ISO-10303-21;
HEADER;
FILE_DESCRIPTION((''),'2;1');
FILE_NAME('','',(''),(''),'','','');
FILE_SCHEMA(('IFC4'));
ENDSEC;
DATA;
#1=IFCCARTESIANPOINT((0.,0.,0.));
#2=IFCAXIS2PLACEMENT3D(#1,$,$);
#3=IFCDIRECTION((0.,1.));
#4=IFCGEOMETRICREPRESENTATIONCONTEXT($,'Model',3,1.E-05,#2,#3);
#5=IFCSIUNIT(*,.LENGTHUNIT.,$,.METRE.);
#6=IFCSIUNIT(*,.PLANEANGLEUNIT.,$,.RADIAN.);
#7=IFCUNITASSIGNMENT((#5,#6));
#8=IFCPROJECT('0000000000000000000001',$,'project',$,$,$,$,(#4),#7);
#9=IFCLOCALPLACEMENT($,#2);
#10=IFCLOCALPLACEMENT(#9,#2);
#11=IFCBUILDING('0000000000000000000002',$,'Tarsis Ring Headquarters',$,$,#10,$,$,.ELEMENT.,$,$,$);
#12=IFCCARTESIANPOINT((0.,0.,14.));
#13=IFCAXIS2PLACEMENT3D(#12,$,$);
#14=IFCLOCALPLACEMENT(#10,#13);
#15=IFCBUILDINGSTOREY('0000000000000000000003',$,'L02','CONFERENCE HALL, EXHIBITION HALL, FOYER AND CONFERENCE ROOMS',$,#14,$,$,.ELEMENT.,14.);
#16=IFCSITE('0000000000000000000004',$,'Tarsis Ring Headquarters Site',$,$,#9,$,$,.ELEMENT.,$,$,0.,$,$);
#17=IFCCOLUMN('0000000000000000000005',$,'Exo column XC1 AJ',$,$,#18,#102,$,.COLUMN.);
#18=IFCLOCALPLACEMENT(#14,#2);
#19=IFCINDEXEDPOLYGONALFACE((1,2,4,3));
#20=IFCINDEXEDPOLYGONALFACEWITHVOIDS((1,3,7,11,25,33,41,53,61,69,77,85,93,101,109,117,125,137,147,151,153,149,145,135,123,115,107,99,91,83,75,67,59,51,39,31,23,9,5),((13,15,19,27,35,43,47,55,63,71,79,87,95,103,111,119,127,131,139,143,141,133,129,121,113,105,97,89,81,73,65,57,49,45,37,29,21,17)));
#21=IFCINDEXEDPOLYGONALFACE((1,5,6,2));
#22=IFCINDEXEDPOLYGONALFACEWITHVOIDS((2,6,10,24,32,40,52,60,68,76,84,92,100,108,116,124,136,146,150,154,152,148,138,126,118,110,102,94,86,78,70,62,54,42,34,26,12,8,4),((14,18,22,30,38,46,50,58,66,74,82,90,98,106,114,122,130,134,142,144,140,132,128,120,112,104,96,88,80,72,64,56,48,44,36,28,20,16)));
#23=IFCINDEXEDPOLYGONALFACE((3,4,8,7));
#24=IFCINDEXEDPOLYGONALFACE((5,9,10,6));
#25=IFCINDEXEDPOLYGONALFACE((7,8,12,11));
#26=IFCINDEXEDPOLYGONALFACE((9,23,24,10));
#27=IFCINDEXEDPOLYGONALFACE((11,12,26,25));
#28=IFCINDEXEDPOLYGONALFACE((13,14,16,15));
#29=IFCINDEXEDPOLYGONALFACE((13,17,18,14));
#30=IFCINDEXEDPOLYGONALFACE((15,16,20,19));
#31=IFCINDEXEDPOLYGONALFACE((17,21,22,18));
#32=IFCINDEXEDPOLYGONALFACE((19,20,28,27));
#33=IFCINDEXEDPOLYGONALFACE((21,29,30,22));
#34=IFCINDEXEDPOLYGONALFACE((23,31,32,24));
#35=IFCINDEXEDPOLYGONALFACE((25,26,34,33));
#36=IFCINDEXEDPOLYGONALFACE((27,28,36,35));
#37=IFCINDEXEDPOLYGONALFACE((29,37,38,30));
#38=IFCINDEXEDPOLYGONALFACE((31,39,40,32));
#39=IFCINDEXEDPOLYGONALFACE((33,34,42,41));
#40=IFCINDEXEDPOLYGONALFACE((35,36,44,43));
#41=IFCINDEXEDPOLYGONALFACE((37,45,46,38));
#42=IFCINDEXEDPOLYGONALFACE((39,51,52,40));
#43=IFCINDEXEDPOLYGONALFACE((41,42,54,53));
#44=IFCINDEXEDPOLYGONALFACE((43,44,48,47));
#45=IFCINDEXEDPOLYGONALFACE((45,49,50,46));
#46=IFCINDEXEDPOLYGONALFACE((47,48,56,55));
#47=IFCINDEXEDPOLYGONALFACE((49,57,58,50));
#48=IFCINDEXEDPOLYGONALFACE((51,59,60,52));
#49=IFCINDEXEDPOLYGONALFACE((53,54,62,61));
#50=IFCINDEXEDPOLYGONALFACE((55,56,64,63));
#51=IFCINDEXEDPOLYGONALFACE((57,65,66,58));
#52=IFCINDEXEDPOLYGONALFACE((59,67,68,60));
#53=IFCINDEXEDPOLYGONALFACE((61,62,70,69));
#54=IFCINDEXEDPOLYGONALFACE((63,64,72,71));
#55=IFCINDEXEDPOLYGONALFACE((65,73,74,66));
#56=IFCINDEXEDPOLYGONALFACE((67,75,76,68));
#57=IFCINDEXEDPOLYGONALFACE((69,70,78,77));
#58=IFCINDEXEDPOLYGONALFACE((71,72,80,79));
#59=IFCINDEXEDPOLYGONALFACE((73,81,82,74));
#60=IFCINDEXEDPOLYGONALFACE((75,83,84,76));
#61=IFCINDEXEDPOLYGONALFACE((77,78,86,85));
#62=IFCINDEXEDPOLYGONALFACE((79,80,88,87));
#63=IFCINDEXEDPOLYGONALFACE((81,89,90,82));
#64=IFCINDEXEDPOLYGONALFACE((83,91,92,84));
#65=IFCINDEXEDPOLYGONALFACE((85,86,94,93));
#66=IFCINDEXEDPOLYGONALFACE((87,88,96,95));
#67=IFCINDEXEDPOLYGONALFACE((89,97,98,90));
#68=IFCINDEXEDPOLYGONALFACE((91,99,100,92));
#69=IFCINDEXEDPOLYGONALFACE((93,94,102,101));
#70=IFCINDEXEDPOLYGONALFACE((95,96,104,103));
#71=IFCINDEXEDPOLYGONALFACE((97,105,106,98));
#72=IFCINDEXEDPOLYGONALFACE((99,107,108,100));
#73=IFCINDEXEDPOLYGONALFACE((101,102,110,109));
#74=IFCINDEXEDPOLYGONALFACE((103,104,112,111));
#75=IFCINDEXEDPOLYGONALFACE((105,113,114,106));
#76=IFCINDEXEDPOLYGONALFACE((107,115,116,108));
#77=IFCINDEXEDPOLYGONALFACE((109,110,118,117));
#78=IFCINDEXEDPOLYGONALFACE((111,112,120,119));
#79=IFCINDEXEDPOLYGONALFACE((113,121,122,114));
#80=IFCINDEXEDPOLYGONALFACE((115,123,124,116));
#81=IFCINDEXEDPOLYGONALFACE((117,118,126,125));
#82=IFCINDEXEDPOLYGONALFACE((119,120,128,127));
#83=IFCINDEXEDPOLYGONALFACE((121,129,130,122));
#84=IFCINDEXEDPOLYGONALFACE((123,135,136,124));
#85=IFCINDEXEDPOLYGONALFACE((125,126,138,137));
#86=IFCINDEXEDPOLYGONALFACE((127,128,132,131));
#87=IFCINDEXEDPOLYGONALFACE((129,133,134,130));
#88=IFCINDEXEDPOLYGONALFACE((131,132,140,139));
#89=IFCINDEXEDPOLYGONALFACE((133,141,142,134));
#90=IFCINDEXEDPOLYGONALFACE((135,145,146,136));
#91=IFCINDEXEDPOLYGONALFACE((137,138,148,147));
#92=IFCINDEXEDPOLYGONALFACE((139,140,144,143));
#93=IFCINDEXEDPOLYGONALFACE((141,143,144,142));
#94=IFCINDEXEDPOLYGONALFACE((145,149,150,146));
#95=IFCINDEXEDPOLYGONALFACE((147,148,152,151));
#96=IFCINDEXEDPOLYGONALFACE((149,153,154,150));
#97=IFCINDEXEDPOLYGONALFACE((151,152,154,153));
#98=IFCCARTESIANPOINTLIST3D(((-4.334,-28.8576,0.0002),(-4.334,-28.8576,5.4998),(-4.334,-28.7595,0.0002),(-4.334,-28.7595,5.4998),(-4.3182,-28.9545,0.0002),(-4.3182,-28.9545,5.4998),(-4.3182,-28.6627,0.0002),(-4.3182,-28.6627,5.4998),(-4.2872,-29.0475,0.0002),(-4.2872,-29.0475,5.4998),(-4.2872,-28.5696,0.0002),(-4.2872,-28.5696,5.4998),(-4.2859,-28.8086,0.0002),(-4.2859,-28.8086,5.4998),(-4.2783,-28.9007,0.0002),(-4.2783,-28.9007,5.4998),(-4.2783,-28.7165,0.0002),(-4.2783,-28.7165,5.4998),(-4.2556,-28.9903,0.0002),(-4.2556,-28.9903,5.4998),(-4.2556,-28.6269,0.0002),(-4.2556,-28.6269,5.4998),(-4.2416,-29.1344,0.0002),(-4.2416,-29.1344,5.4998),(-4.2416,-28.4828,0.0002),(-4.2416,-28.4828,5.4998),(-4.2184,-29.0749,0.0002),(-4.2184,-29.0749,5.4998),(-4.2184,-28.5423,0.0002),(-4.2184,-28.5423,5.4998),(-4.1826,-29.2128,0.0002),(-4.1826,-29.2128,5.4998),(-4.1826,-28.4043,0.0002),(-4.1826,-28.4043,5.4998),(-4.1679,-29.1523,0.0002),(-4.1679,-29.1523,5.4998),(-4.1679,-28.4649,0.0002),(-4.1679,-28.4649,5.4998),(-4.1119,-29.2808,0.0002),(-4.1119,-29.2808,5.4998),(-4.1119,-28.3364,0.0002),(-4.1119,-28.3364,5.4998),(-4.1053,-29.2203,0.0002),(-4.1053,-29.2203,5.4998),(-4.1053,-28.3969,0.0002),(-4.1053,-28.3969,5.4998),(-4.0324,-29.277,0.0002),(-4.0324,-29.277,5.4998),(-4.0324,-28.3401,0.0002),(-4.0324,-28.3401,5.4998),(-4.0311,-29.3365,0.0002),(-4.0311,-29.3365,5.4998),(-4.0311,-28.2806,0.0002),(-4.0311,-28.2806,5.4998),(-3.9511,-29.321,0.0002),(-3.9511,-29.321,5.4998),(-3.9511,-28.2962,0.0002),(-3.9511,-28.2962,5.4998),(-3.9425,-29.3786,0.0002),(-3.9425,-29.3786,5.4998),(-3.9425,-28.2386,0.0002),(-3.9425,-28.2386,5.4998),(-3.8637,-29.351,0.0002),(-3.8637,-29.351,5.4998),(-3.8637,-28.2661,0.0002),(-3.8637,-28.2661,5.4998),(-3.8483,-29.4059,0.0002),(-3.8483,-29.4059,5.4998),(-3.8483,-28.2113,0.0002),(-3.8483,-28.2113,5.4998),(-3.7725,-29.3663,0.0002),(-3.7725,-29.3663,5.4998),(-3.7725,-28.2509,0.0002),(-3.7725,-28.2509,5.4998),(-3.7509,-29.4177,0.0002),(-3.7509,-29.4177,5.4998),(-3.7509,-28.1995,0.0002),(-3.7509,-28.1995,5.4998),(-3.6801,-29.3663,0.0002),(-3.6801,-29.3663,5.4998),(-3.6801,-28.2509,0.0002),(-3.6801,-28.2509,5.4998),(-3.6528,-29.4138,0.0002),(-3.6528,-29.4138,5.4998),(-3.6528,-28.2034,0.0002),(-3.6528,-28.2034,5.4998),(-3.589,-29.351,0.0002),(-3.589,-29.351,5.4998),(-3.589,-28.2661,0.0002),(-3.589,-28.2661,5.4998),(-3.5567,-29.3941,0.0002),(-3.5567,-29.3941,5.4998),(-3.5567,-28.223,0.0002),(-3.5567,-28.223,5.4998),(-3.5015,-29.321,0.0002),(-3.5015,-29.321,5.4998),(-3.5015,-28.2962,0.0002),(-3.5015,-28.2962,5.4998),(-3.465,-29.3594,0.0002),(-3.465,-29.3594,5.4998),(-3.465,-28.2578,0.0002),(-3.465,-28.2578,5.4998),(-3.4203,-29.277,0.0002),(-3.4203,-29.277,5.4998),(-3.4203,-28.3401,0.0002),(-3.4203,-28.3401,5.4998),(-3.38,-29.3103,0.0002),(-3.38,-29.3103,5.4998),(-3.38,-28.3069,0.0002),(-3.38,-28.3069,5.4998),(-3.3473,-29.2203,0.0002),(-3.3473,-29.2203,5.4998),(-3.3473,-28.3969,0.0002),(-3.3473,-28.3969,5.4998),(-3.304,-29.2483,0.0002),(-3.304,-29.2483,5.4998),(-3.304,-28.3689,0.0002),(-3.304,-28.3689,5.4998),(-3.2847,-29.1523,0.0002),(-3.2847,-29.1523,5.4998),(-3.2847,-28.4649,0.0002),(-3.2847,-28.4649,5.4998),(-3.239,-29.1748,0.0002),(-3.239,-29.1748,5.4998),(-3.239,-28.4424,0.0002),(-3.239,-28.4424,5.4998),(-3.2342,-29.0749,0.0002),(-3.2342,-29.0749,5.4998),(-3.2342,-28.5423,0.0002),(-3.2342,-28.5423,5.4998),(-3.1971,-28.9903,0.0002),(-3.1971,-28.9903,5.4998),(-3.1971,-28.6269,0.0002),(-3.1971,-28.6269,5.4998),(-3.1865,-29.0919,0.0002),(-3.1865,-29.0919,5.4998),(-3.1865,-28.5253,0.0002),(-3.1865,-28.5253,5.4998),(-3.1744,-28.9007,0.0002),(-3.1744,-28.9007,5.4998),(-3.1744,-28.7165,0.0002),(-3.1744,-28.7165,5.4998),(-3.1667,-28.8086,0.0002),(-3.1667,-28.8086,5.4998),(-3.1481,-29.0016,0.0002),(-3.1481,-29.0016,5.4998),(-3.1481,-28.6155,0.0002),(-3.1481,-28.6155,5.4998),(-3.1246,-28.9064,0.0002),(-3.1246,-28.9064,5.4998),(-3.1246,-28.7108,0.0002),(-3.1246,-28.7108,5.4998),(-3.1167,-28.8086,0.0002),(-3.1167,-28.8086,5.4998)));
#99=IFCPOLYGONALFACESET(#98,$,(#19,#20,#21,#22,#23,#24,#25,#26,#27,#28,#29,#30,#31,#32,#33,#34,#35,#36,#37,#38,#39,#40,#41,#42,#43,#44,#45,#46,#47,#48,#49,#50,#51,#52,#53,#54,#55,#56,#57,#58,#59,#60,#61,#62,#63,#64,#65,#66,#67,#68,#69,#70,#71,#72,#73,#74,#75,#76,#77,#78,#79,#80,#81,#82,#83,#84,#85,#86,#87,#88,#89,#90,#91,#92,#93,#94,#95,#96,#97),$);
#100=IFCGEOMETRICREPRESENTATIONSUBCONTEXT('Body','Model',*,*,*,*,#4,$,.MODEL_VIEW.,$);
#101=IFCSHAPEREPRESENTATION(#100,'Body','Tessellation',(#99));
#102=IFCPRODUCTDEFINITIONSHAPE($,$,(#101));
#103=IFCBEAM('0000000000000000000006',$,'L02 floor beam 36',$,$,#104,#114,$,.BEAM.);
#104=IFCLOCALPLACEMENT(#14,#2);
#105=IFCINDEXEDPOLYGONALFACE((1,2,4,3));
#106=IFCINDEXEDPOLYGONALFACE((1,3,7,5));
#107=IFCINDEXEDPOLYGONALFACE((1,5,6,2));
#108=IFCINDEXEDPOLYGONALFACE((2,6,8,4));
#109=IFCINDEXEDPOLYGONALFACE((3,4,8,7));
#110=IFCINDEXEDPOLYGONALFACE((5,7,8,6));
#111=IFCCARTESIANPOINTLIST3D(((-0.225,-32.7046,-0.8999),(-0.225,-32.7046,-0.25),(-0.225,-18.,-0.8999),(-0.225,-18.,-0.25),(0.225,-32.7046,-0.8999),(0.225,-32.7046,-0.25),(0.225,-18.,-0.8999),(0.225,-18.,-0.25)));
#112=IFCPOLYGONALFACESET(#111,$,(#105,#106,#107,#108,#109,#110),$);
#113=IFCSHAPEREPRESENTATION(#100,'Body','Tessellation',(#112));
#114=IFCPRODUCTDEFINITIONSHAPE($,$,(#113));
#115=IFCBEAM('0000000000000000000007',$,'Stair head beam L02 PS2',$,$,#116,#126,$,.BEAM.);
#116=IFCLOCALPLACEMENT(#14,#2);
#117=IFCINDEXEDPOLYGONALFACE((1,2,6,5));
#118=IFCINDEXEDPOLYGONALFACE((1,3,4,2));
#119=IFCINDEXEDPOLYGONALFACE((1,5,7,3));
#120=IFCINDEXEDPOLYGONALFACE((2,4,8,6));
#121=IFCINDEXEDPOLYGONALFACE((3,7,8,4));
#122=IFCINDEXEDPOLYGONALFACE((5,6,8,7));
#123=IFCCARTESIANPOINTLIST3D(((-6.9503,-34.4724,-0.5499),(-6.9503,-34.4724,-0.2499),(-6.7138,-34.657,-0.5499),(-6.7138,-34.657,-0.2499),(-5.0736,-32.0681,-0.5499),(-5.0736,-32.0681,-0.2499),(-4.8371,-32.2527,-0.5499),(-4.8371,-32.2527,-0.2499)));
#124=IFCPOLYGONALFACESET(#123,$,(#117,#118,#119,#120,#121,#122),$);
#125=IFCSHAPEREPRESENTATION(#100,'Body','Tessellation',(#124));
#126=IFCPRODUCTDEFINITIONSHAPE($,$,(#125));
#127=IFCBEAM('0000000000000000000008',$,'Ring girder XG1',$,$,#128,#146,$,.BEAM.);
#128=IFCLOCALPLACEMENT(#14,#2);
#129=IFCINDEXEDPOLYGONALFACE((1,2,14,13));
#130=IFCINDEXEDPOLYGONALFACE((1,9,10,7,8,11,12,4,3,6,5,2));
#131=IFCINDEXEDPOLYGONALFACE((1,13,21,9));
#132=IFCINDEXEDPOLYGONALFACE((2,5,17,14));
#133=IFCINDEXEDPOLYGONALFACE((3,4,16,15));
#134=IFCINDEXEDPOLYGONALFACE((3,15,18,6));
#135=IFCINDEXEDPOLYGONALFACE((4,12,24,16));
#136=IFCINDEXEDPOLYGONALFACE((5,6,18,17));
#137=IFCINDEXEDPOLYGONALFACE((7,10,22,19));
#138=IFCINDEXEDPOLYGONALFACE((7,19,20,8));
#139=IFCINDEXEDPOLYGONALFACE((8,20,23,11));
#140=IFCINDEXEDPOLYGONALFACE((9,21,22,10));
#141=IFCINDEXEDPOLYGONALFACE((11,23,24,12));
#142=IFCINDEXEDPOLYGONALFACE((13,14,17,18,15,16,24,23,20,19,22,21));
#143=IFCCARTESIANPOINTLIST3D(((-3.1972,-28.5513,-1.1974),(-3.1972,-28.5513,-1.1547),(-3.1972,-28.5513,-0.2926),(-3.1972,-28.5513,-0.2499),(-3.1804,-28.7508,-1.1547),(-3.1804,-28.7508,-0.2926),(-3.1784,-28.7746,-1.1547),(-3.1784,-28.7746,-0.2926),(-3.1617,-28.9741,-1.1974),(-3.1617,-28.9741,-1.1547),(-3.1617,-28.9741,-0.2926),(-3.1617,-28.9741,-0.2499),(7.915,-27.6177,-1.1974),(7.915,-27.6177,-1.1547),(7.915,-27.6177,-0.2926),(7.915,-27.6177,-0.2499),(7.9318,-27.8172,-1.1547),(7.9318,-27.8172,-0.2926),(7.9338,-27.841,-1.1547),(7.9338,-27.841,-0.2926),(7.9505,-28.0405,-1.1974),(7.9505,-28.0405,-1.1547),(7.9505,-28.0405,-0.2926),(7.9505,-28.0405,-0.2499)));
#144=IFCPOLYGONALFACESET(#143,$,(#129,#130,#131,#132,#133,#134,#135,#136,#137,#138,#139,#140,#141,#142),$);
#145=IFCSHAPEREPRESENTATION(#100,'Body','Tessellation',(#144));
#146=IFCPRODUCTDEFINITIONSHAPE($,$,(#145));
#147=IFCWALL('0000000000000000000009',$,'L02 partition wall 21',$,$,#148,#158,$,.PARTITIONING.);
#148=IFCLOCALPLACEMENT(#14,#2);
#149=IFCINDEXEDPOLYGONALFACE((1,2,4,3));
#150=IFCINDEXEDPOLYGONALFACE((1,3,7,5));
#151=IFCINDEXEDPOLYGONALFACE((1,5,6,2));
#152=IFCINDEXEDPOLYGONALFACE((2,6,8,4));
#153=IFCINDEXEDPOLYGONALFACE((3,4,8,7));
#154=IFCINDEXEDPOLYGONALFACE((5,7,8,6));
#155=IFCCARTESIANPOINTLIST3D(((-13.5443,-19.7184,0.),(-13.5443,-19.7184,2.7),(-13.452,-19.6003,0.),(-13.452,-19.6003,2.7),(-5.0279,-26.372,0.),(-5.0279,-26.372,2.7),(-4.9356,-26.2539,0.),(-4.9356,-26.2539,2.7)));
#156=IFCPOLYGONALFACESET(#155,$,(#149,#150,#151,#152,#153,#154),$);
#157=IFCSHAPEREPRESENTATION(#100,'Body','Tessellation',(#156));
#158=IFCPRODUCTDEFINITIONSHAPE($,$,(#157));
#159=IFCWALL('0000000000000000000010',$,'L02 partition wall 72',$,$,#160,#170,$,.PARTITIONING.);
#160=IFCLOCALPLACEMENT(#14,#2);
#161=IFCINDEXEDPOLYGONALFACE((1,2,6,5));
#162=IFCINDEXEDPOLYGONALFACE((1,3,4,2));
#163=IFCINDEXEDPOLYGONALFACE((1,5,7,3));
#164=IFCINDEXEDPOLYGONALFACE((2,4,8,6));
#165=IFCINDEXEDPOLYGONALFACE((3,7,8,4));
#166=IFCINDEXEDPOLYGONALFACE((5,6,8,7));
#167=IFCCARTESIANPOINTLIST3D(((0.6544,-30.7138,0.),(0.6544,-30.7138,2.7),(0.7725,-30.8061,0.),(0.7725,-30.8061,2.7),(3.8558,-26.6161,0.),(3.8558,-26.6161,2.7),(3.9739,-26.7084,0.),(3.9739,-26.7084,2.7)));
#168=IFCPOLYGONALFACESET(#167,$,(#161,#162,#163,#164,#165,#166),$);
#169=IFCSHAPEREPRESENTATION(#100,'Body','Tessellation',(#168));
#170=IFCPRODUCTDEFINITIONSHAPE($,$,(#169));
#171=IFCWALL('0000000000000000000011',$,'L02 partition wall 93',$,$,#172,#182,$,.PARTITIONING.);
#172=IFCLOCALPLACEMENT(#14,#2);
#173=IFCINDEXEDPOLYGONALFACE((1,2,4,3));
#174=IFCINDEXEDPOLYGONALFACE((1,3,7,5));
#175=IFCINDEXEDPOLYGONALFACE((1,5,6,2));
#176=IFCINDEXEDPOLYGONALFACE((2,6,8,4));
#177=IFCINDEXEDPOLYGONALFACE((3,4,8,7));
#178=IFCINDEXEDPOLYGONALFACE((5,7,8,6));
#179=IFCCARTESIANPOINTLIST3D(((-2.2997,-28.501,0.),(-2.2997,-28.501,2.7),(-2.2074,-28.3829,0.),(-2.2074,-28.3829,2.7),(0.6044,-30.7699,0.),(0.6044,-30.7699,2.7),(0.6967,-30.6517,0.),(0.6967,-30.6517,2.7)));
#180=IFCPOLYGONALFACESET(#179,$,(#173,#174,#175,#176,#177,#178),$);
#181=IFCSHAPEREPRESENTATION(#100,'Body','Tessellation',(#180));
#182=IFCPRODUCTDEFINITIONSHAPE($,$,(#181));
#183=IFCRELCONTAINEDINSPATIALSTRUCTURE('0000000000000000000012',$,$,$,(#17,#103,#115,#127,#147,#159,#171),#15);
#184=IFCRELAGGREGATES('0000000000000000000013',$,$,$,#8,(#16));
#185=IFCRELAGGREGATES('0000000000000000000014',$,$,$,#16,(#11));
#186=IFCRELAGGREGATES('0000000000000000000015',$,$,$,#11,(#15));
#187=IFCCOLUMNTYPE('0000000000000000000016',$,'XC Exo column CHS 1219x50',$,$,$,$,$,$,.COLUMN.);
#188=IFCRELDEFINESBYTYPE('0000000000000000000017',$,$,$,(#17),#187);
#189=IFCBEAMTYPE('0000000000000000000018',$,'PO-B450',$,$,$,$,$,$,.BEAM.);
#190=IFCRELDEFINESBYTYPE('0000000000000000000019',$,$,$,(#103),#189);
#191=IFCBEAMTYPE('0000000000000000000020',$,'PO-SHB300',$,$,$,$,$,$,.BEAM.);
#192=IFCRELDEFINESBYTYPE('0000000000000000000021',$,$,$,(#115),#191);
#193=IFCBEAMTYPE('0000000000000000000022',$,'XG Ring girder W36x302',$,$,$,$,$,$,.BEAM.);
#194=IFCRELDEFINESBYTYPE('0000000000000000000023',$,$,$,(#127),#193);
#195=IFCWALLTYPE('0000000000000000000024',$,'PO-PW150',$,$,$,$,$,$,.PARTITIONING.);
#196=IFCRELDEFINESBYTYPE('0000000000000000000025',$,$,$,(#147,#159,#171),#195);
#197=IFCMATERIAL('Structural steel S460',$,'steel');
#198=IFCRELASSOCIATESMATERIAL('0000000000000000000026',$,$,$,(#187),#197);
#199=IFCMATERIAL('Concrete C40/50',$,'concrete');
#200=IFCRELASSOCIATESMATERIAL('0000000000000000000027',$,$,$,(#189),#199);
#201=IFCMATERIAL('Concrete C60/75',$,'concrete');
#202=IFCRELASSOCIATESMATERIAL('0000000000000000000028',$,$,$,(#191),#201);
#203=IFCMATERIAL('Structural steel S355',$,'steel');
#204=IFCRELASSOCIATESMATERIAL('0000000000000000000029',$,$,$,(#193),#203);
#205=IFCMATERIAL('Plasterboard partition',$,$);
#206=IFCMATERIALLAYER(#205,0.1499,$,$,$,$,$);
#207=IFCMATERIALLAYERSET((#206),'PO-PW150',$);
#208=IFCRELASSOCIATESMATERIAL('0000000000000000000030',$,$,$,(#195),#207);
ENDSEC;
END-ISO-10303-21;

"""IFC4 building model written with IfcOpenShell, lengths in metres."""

from ifc_helpers import new_model, si_unit, direction, frame, frame_2d, origin, origin_2d, place, context, subcontext, project, spatial, rectangle, hollow_circle, i_section, extrude, material, layer, layer_set, material_profile, profile_set, type_object, element, save


model = new_model("IFC4")

# Units and contexts
model_context = context("Model", 3, precision=1e-05, world=origin(), true_north=direction((0.0, 1.0)))
body_context = subcontext(model_context, "Body", "Model", "MODEL_VIEW")
ifc_project = project(units=[si_unit("LENGTHUNIT", "METRE"), si_unit("PLANEANGLEUNIT", "RADIAN")], contexts=[model_context])

# Site, building, storey
site_placement = place(None, origin())
site = spatial("IfcSite", under=ifc_project, at=site_placement, Name="Tarsis Ring Headquarters Site", CompositionType="ELEMENT", RefElevation=0.0)
building_placement = place(site_placement, origin())
building = spatial("IfcBuilding", under=site, at=building_placement, Name="Tarsis Ring Headquarters", CompositionType="ELEMENT")
storey_placement = place(building_placement, frame((0.0, 0.0, 14.0)))
storey = spatial("IfcBuildingStorey", under=building, at=storey_placement, Name="L02", Description="CONFERENCE HALL, EXHIBITION HALL, FOYER AND CONFERENCE ROOMS", CompositionType="ELEMENT", Elevation=14.0)

# Column
ifc_material_1 = material(Name="Structural steel S460", Category="steel")
ifc_material_profile_1 = material_profile(ifc_material_1, hollow_circle(Radius=0.6096, WallThickness=0.05, at=origin_2d()), Name="CHS 1219x50")
ifc_profile_set_1 = profile_set([ifc_material_profile_1], Name="Structural steel S460")
column_type = type_object("IfcColumnType", Name="XC Exo column CHS 1219x50", PredefinedType="COLUMN", material=ifc_profile_set_1)
column_placement = place(storey_placement, frame((-3.7263, -28.8086, 0.0002), z_axis=(0.0, 0.0, 1.0), x_axis=(1.0, 0.0, 0.0)))
element("IfcColumn", 1, at=column_placement, inside=storey, type_object=column_type, Name="Exo column XC1 AJ", PredefinedType="COLUMN", context=body_context, shape_type="SweptSolid", body=[
    extrude(hollow_circle(Radius=0.6096, WallThickness=0.05, at=origin_2d()), origin(), (0.0, 0.0, 1.0), 5.4995),
])

# Beams
ifc_material_2 = material(Name="Concrete C40/50", Category="concrete")
ifc_material_profile_2 = material_profile(ifc_material_2, rectangle(XDim=0.45, YDim=0.6499, at=origin_2d()), Name="PO-B450")
ifc_profile_set_2 = profile_set([ifc_material_profile_2], Name="Concrete C40/50")
beam_type_1 = type_object("IfcBeamType", Name="PO-B450", PredefinedType="BEAM", material=ifc_profile_set_2)
beam_1_placement = place(storey_placement, frame((0.0, -32.7046, -0.575), z_axis=(0.0, 1.0, 0.0), x_axis=(-1.0, 0.0, 0.0)))
element("IfcBeam", 2, at=beam_1_placement, inside=storey, type_object=beam_type_1, Name="L02 floor beam 36", PredefinedType="BEAM", context=body_context, shape_type="SweptSolid", body=[
    extrude(rectangle(XDim=0.45, YDim=0.6499, at=origin_2d()), origin(), (0.0, 0.0, 1.0), 14.7046),
])
ifc_material_3 = material(Name="Concrete C60/75", Category="concrete")
ifc_material_profile_3 = material_profile(ifc_material_3, rectangle(XDim=0.3, YDim=0.3, at=origin_2d()), Name="PO-SHB300")
ifc_profile_set_3 = profile_set([ifc_material_profile_3], Name="Concrete C60/75")
beam_type_2 = type_object("IfcBeamType", Name="PO-SHB300", PredefinedType="BEAM", material=ifc_profile_set_3)
beam_2_placement = place(storey_placement, frame((-4.9553, -32.1604, -0.3999), z_axis=(-0.615308, -0.788286, 0.0), x_axis=(0.788286, -0.615308, 0.0)))
element("IfcBeam", 3, at=beam_2_placement, inside=storey, type_object=beam_type_2, Name="Stair head beam L02 PS2", PredefinedType="BEAM", context=body_context, shape_type="SweptSolid", body=[
    extrude(rectangle(XDim=0.3, YDim=0.3, at=origin_2d()), origin(), (0.0, 0.0, 1.0), 3.05),
])
ifc_material_4 = material(Name="Structural steel S355", Category="steel")
ifc_material_profile_4 = material_profile(ifc_material_4, i_section(OverallWidth=0.4243, OverallDepth=0.9475, WebThickness=0.0239, FlangeThickness=0.0427, at=origin_2d()), Name="W36x302")
ifc_profile_set_4 = profile_set([ifc_material_profile_4], Name="Structural steel S355")
beam_type_3 = type_object("IfcBeamType", Name="XG Ring girder W36x302", PredefinedType="BEAM", material=ifc_profile_set_4)
beam_3_placement = place(storey_placement, frame((-3.1794, -28.7627, -0.7236), z_axis=(0.996489, 0.083719, 0.0), x_axis=(-0.083719, 0.996489, 0.0)))
element("IfcBeam", 4, at=beam_3_placement, inside=storey, type_object=beam_type_3, Name="Ring girder XG1", PredefinedType="BEAM", context=body_context, shape_type="SweptSolid", body=[
    extrude(i_section(OverallWidth=0.4243, OverallDepth=0.9475, WebThickness=0.0239, FlangeThickness=0.0427, at=origin_2d()), origin(), (0.0, 0.0, 1.0), 11.1514),
])

# Walls
ifc_material_5 = material(Name="Plasterboard partition")
ifc_layer_1 = layer(ifc_material_5, 0.1499)
ifc_layer_set_1 = layer_set([ifc_layer_1], Name="PO-PW150")
wall_type_1 = type_object("IfcWallType", Name="PO-PW150", PredefinedType="PARTITIONING", material=ifc_layer_set_1)
wall_1_placement = place(storey_placement, frame((-4.9817, -26.313, 0.0), z_axis=(0.0, 0.0, 1.0), x_axis=(-0.788017, 0.615653, 0.0)))
element("IfcWall", 5, at=wall_1_placement, inside=storey, type_object=wall_type_1, Name="L02 partition wall 21", PredefinedType="PARTITIONING", context=body_context, shape_type="SweptSolid", body=[
    extrude(rectangle(XDim=10.8074, YDim=0.1499, at=frame_2d((5.4038, 0.0))), origin(), (0.0, 0.0, 1.0), 2.7),
])
wall_2_placement = place(storey_placement, frame((0.7134, -30.76, 0.0), z_axis=(0.0, 0.0, 1.0), x_axis=(0.615659, 0.788013, 0.0)))
element("IfcWall", 6, at=wall_2_placement, inside=storey, type_object=wall_type_1, Name="L02 partition wall 72", PredefinedType="PARTITIONING", context=body_context, shape_type="SweptSolid", body=[
    extrude(rectangle(XDim=5.2, YDim=0.1499, at=frame_2d((2.6001, 0.0))), origin(), (0.0, 0.0, 1.0), 2.7),
])
wall_3_placement = place(storey_placement, frame((-2.2537, -28.4419, 0.0), z_axis=(0.0, 0.0, 1.0), x_axis=(0.788023, -0.615645, 0.0)))
element("IfcWall", 7, at=wall_3_placement, inside=storey, type_object=wall_type_1, Name="L02 partition wall 93", PredefinedType="PARTITIONING", context=body_context, shape_type="SweptSolid", body=[
    extrude(rectangle(XDim=3.6853, YDim=0.1499, at=frame_2d((1.8428, 0.0))), origin(), (0.0, 0.0, 1.0), 2.7),
])

save(model, "model.ifc")
